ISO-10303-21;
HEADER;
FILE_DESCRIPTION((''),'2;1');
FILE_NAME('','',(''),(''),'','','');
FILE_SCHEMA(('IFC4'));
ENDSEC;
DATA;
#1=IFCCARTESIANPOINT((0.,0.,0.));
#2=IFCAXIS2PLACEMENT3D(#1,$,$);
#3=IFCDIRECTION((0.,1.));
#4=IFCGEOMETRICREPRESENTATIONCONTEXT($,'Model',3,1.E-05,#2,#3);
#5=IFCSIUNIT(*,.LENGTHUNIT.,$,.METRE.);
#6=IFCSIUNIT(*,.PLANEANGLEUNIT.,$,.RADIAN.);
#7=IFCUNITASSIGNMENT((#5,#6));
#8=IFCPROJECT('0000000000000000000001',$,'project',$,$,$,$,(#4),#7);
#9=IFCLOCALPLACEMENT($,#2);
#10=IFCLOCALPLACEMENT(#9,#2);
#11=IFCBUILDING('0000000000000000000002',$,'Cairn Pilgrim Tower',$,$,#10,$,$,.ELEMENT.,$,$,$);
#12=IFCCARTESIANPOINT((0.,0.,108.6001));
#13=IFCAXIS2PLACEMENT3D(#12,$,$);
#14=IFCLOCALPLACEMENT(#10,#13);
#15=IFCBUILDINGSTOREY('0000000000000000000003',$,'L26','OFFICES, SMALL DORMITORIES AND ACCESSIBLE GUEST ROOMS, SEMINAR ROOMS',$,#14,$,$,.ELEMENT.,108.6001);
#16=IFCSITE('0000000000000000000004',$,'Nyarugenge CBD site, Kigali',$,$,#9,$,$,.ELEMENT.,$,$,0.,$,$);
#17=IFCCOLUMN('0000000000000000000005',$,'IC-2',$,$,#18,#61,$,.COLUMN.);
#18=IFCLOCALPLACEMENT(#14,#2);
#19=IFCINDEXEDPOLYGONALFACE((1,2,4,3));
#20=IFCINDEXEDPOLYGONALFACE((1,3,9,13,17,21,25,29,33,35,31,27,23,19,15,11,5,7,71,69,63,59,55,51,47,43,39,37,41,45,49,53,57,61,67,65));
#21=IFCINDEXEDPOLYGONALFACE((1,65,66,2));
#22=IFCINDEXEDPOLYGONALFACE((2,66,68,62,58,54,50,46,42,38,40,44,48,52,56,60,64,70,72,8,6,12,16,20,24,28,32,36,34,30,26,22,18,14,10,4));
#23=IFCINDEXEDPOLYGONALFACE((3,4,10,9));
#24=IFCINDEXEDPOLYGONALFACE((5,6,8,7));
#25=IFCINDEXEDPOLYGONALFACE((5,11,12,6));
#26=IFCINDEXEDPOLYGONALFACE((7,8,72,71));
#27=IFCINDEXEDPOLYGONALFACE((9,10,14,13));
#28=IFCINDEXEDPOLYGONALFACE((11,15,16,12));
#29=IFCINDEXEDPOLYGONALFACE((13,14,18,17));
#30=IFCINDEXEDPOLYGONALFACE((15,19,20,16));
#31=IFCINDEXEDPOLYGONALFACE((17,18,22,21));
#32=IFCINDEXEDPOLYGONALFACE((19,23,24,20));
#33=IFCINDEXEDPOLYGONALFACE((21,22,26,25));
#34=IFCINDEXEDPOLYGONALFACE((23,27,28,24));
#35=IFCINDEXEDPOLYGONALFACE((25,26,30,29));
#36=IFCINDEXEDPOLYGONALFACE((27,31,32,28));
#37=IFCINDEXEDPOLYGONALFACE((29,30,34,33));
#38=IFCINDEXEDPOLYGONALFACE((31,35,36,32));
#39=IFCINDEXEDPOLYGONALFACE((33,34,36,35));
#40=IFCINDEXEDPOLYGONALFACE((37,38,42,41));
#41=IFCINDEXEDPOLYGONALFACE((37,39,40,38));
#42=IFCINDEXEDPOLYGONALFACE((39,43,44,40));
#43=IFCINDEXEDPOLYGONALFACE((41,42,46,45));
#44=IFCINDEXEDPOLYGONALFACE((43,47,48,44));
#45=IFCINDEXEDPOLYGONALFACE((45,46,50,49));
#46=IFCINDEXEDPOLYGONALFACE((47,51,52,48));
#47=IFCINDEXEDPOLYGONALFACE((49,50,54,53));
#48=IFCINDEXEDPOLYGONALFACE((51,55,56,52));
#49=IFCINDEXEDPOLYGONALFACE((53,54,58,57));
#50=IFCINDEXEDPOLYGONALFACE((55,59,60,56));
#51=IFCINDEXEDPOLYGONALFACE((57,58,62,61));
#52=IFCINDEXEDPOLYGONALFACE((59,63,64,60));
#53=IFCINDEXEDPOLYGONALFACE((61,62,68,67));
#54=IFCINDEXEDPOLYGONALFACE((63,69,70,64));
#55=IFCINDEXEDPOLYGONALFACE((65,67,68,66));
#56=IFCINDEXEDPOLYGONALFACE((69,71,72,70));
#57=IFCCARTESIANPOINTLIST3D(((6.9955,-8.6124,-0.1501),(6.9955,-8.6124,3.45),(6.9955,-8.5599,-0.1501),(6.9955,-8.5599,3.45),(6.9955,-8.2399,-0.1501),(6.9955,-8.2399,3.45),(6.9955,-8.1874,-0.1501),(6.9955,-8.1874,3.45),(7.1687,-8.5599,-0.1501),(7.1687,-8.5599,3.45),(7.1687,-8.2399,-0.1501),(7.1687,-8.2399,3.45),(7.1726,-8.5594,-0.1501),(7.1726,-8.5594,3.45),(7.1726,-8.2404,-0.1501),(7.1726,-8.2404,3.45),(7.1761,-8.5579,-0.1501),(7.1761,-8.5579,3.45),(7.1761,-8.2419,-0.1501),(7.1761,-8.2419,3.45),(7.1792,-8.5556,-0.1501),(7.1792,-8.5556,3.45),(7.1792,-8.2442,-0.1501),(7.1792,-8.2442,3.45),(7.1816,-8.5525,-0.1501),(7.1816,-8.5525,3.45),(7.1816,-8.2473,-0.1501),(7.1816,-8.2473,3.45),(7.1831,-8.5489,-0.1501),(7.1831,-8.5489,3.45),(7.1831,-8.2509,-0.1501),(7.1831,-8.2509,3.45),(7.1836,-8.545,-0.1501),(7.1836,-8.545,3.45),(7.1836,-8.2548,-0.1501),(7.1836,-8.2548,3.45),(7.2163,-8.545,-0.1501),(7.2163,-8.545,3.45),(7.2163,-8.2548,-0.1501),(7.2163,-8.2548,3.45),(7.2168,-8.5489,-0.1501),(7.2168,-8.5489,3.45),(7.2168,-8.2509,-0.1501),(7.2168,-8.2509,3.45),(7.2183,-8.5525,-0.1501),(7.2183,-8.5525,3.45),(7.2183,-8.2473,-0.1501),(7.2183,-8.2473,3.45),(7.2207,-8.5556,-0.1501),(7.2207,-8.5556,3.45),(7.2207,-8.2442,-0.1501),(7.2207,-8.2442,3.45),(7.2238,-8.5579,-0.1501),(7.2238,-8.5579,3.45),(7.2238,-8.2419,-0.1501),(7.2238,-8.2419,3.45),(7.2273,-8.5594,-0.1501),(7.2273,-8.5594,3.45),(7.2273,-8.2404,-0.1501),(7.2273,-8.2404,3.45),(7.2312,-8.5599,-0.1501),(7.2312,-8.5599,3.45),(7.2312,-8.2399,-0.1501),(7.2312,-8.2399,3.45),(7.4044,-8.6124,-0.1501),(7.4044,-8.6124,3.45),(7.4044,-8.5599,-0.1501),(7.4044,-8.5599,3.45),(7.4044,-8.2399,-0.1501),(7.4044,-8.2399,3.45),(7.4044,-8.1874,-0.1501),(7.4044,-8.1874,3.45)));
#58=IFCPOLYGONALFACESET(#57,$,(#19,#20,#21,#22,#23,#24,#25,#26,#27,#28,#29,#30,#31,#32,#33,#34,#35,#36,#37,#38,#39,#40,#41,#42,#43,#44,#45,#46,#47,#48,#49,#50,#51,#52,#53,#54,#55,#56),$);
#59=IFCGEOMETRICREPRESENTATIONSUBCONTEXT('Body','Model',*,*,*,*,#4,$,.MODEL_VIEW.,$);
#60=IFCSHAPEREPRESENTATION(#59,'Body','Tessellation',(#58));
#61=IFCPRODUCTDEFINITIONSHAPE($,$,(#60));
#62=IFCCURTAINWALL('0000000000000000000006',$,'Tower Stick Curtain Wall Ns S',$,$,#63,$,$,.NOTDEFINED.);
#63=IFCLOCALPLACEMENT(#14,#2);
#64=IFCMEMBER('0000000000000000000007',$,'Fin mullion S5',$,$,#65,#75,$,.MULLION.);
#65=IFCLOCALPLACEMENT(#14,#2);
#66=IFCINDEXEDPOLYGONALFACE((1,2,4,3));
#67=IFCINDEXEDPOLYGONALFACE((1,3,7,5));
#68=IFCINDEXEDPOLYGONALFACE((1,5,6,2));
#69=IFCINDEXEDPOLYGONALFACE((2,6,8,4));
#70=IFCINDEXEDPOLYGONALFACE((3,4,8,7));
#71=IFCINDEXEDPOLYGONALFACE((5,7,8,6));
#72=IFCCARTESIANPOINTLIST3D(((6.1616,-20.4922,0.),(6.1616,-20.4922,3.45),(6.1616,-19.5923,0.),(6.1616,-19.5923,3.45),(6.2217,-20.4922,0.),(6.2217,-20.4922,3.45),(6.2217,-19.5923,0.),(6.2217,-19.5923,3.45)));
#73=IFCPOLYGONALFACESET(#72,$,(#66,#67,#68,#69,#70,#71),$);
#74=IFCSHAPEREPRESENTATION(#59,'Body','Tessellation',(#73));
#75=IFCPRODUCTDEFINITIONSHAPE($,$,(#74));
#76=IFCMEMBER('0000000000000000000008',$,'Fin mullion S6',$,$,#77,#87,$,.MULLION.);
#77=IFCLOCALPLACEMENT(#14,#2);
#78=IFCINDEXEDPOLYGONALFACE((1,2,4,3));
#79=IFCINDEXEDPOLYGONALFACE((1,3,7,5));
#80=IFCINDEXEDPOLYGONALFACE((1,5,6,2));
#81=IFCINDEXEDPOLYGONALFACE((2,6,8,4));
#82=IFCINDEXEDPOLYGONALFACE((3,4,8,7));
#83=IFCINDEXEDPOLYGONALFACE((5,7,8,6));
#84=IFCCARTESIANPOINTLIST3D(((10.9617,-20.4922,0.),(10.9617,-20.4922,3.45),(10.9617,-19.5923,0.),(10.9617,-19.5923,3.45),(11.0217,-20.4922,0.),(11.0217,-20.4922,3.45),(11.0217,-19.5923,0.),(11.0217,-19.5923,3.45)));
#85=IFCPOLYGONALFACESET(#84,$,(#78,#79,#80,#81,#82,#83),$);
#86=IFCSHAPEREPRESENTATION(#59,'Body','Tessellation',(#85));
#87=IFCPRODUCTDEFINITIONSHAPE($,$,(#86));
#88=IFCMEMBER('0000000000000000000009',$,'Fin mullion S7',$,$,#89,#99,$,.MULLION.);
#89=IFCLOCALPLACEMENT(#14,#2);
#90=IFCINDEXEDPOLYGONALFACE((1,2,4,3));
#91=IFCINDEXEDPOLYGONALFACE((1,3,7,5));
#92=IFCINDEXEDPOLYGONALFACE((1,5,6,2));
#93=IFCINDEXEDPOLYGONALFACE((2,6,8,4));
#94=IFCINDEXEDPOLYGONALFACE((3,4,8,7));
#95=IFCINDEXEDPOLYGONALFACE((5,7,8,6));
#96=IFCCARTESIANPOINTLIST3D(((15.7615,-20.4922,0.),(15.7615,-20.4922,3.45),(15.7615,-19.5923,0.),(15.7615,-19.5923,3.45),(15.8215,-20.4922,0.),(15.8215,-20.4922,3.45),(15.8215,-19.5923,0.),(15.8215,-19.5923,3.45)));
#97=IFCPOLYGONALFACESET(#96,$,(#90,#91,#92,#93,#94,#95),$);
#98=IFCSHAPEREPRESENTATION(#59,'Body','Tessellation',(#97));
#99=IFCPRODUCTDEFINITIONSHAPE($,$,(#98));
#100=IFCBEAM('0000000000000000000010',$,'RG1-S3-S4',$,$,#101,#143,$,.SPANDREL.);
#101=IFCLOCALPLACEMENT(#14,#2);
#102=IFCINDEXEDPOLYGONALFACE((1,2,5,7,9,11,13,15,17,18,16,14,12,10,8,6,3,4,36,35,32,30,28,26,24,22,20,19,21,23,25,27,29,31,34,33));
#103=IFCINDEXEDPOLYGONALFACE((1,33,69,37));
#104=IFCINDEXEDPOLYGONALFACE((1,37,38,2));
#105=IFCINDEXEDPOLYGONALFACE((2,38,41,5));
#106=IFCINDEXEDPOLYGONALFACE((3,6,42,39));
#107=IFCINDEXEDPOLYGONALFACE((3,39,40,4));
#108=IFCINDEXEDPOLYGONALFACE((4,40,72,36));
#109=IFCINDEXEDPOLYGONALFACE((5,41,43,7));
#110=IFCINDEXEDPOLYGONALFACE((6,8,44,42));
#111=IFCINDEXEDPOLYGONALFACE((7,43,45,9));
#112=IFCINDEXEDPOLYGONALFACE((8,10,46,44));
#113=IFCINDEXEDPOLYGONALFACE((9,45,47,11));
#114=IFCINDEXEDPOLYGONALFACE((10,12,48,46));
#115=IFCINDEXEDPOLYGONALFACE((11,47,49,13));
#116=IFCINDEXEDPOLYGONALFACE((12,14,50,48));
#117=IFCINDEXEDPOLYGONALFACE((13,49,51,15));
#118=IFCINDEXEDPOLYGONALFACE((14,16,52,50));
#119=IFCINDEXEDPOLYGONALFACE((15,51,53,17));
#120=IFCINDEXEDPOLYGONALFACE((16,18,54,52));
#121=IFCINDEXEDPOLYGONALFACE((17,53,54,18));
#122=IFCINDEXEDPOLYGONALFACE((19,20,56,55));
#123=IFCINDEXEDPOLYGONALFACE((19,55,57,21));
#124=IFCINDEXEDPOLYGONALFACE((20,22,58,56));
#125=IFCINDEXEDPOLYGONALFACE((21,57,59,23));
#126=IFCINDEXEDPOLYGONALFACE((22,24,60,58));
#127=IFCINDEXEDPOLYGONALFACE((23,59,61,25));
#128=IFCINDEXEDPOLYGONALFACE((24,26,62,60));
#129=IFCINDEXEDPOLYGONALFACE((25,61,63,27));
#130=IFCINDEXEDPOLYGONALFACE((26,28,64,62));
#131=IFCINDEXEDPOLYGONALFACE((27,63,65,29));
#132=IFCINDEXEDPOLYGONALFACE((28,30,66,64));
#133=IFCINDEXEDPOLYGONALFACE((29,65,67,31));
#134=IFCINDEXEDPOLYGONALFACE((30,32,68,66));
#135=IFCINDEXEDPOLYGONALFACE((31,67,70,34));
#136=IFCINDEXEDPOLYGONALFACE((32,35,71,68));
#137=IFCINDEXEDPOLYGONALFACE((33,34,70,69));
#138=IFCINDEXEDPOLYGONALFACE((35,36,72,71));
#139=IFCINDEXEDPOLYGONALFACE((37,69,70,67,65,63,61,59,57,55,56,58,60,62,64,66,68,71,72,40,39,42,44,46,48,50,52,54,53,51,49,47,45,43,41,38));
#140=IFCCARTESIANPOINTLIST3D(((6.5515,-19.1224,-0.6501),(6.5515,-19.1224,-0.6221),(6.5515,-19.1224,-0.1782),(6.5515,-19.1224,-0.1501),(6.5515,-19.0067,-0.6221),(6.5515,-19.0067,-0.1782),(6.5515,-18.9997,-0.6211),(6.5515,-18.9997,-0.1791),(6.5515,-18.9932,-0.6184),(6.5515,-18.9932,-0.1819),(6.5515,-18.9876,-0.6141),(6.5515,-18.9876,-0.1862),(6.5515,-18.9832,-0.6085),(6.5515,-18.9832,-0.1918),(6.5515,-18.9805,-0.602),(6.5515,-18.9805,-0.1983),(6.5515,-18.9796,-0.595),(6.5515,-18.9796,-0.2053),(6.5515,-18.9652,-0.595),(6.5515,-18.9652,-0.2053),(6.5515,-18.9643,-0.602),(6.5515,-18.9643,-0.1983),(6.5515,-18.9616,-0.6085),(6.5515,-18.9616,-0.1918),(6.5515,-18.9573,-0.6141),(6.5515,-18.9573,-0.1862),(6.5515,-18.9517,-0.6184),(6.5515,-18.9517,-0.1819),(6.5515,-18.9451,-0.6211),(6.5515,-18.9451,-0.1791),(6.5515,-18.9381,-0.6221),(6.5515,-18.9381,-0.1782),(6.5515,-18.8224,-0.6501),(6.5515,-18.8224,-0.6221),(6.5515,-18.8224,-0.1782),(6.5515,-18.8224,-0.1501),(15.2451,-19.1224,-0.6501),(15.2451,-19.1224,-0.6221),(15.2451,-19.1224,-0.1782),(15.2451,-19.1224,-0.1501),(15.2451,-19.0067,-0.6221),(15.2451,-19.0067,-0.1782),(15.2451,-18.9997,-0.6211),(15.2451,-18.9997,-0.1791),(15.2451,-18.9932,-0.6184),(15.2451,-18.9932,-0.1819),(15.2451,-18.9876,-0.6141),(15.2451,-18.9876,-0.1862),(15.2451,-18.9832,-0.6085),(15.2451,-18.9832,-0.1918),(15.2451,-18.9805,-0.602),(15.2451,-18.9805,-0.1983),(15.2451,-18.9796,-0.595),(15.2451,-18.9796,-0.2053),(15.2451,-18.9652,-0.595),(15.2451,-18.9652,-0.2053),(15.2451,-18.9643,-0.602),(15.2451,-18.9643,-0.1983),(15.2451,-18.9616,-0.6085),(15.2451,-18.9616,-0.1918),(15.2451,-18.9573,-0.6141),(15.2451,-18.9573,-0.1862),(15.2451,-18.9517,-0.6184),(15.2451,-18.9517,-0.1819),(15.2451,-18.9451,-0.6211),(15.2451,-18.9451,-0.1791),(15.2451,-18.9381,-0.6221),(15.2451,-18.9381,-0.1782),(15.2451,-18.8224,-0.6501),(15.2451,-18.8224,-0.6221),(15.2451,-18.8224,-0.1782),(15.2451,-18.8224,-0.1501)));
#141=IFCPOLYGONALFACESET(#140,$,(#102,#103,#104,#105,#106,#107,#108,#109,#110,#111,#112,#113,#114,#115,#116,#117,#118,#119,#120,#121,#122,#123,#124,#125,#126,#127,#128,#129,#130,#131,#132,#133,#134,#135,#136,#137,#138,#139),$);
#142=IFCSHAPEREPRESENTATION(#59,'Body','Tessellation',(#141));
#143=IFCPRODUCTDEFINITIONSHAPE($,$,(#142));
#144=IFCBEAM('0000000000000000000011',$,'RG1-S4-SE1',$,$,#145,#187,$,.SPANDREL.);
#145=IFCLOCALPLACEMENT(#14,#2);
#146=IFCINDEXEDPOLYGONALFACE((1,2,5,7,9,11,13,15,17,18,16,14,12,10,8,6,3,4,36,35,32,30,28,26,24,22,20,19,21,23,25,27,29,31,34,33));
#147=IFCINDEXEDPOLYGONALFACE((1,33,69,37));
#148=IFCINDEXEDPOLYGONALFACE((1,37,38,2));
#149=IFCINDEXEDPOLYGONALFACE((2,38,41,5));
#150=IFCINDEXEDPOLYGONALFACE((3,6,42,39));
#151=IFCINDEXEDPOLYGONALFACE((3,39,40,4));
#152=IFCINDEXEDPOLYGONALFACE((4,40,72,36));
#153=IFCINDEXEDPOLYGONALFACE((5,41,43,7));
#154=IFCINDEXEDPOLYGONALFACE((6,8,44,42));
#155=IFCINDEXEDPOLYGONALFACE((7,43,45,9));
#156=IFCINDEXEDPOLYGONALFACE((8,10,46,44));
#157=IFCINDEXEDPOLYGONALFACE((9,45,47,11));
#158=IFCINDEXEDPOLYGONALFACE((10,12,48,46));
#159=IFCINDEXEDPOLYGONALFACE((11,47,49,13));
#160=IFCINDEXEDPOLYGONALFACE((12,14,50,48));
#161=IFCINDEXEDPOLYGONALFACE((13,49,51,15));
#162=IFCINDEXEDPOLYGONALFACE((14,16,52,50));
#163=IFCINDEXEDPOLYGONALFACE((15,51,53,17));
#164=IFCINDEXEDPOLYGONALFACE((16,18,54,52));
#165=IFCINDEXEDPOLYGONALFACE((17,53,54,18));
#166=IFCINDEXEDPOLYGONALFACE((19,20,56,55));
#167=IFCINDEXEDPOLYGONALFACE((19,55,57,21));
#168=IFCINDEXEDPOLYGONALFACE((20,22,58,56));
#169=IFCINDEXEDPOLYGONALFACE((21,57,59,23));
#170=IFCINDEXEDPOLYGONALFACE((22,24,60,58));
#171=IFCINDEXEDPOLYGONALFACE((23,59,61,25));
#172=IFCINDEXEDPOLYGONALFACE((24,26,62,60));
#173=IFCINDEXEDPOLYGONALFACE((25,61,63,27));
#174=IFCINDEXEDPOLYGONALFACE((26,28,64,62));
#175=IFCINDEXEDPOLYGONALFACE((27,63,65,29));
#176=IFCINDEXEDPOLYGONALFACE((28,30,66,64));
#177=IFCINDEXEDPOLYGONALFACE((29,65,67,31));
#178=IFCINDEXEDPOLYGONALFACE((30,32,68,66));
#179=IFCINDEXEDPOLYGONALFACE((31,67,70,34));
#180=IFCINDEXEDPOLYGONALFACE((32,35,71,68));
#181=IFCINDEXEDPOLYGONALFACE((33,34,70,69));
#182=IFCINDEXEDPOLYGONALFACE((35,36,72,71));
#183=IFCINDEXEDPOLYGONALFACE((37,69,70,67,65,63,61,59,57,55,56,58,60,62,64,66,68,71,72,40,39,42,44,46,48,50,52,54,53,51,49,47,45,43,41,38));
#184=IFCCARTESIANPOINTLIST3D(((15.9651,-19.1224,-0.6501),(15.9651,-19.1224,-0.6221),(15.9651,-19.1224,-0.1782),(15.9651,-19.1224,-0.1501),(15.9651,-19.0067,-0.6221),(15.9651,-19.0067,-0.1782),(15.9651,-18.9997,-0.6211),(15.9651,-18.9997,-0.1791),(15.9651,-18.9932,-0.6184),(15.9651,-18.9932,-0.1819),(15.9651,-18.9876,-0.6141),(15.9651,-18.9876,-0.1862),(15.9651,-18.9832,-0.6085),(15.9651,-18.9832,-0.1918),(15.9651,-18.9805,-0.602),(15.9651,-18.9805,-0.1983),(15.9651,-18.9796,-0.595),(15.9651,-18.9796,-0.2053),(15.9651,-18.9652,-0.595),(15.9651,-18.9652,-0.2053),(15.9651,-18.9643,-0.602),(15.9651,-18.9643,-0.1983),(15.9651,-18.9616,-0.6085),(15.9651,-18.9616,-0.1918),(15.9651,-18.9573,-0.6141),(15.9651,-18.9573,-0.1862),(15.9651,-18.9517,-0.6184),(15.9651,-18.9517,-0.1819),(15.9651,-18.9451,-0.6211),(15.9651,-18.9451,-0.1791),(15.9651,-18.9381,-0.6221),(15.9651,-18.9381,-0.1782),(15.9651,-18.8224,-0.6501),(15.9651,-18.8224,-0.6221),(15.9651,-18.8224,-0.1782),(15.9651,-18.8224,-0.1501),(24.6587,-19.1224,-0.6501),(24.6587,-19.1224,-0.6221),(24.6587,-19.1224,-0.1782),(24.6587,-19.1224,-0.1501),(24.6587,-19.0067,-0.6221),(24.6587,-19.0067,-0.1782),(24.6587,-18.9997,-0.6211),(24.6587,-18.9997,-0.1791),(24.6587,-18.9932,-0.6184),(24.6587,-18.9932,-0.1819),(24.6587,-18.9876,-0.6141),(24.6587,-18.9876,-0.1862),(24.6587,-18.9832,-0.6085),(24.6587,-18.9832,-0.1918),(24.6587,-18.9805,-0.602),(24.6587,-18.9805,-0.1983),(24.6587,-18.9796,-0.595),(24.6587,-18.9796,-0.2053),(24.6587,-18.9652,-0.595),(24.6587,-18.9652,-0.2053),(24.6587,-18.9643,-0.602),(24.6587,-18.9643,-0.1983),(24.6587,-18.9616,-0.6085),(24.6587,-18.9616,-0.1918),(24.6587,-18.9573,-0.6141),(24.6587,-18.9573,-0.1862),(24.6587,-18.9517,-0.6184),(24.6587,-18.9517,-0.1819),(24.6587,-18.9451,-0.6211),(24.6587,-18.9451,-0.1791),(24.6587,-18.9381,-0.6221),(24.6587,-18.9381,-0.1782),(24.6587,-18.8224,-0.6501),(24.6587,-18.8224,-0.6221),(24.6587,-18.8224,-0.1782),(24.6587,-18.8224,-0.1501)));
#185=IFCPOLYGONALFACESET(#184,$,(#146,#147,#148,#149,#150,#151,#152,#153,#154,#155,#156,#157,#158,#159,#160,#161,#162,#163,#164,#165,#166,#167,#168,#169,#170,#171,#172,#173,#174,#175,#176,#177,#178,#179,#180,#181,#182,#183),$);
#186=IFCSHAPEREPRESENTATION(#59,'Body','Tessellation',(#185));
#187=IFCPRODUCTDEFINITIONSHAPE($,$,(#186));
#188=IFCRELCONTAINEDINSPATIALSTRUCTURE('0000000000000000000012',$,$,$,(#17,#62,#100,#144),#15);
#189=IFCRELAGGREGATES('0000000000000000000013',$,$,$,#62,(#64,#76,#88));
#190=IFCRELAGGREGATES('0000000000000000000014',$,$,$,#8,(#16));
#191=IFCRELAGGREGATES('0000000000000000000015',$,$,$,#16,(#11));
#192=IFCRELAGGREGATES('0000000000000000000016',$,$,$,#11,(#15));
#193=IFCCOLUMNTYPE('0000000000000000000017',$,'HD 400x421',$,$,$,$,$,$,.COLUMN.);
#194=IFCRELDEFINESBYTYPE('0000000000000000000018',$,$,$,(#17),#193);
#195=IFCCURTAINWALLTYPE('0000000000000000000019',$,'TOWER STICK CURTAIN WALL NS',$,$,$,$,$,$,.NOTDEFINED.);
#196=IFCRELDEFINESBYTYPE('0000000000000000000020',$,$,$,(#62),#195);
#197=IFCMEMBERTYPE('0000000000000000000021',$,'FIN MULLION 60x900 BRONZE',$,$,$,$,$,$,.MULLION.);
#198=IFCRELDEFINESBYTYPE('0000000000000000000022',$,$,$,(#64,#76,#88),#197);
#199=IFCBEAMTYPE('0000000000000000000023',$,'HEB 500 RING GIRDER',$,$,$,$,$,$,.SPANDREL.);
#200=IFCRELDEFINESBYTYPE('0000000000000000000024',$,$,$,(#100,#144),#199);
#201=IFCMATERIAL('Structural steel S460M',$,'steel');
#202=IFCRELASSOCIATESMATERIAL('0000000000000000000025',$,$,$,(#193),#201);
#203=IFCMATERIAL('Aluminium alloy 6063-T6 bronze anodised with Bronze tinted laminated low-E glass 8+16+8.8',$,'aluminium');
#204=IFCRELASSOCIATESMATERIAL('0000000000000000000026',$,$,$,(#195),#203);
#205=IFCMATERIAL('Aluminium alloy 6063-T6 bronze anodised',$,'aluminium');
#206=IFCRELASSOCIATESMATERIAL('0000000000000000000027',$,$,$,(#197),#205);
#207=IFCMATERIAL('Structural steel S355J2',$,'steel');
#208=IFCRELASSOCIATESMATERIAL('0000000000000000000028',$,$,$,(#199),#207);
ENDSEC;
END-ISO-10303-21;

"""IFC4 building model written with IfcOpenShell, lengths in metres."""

from ifc_helpers import new_model, si_unit, direction, frame, origin, origin_2d, place, context, subcontext, project, spatial, rectangle, i_section, extrude, material, material_profile, profile_set, type_object, element, aggregate, save


model = new_model("IFC4")

# Units and contexts
model_context = context("Model", 3, precision=1e-05, world=origin(), true_north=direction((0.0, 1.0)))
body_context = subcontext(model_context, "Body", "Model", "MODEL_VIEW")
ifc_project = project(units=[si_unit("LENGTHUNIT", "METRE"), si_unit("PLANEANGLEUNIT", "RADIAN")], contexts=[model_context])

# Site, building, storey
site_placement = place(None, origin())
site = spatial("IfcSite", under=ifc_project, at=site_placement, Name="Nyarugenge CBD site, Kigali", CompositionType="ELEMENT", RefElevation=0.0)
building_placement = place(site_placement, origin())
building = spatial("IfcBuilding", under=site, at=building_placement, Name="Cairn Pilgrim Tower", CompositionType="ELEMENT")
storey_placement = place(building_placement, frame((0.0, 0.0, 108.6001)))
storey = spatial("IfcBuildingStorey", under=building, at=storey_placement, Name="L26", Description="OFFICES, SMALL DORMITORIES AND ACCESSIBLE GUEST ROOMS, SEMINAR ROOMS", CompositionType="ELEMENT", Elevation=108.6001)

# Column
ifc_material_1 = material(Name="Structural steel S460M", Category="steel")
ifc_material_profile_1 = material_profile(ifc_material_1, i_section(OverallWidth=0.4089, OverallDepth=0.425, WebThickness=0.0327, FlangeThickness=0.0525, FilletRadius=0.0149, at=origin_2d()), Name="HD 400x421")
ifc_profile_set_1 = profile_set([ifc_material_profile_1], Name="Structural steel S460M")
column_type_1 = type_object("IfcColumnType", Name="HD 400x421", PredefinedType="COLUMN", material=ifc_profile_set_1)
column_placement = place(storey_placement, frame((7.2, -8.3999, -0.1501), z_axis=(0.0, 0.0, 1.0), x_axis=(1.0, 0.0, 0.0)))
element("IfcColumn", 1, at=column_placement, inside=storey, type_object=column_type_1, Name="IC-2", PredefinedType="COLUMN", context=body_context, shape_type="SweptSolid", body=[
    extrude(i_section(OverallWidth=0.4089, OverallDepth=0.425, WebThickness=0.0327, FlangeThickness=0.0525, FilletRadius=0.0149, at=origin_2d()), origin(), (0.0, 0.0, 1.0), 3.6001),
])

# Curtain wall, members
ifc_material_2 = material(Name="Aluminium alloy 6063-T6 bronze anodised with Bronze tinted laminated low-E glass 8+16+8.8", Category="aluminium")
curtain_wall_type = type_object("IfcCurtainWallType", Name="TOWER STICK CURTAIN WALL NS", PredefinedType="NOTDEFINED", material=ifc_material_2)
curtain_wall_placement = place(storey_placement, origin())
curtain_wall = element("IfcCurtainWall", 2, at=curtain_wall_placement, inside=storey, type_object=curtain_wall_type, Name="Tower Stick Curtain Wall Ns S", PredefinedType="NOTDEFINED")
ifc_material_3 = material(Name="Aluminium alloy 6063-T6 bronze anodised", Category="aluminium")
ifc_material_profile_2 = material_profile(ifc_material_3, rectangle(XDim=0.8999, YDim=0.0601, at=origin_2d()), Name="FIN MULLION 60x900 BRONZE")
ifc_profile_set_2 = profile_set([ifc_material_profile_2], Name="Aluminium alloy 6063-T6 bronze anodised")
member_type_1 = type_object("IfcMemberType", Name="FIN MULLION 60x900 BRONZE", PredefinedType="MULLION", material=ifc_profile_set_2)
member_1_placement = place(storey_placement, frame((6.1917, -20.0422, 0.0), z_axis=(0.0, 0.0, 1.0), x_axis=(0.0, -1.0, 0.0)))
member_1 = element("IfcMember", 3, at=member_1_placement, type_object=member_type_1, Name="Fin mullion S5", PredefinedType="MULLION", context=body_context, shape_type="SweptSolid", body=[
    extrude(rectangle(XDim=0.8999, YDim=0.0601, at=origin_2d()), origin(), (0.0, 0.0, 1.0), 3.45),
])
member_2_placement = place(storey_placement, frame((10.9917, -20.0422, 0.0), z_axis=(0.0, 0.0, 1.0), x_axis=(0.0, -1.0, 0.0)))
member_2 = element("IfcMember", 4, at=member_2_placement, type_object=member_type_1, Name="Fin mullion S6", PredefinedType="MULLION", context=body_context, shape_type="SweptSolid", body=[
    extrude(rectangle(XDim=0.8999, YDim=0.0601, at=origin_2d()), origin(), (0.0, 0.0, 1.0), 3.45),
])
member_3_placement = place(storey_placement, frame((15.7915, -20.0422, 0.0), z_axis=(0.0, 0.0, 1.0), x_axis=(0.0, -1.0, 0.0)))
member_3 = element("IfcMember", 5, at=member_3_placement, type_object=member_type_1, Name="Fin mullion S7", PredefinedType="MULLION", context=body_context, shape_type="SweptSolid", body=[
    extrude(rectangle(XDim=0.8999, YDim=0.0601, at=origin_2d()), origin(), (0.0, 0.0, 1.0), 3.45),
])

# Beams
ifc_material_4 = material(Name="Structural steel S355J2", Category="steel")
ifc_material_profile_3 = material_profile(ifc_material_4, i_section(OverallWidth=0.3, OverallDepth=0.5, WebThickness=0.0144, FlangeThickness=0.0281, FilletRadius=0.0271, at=origin_2d()), Name="HEB 500")
ifc_profile_set_3 = profile_set([ifc_material_profile_3], Name="Structural steel S355J2")
beam_type_1 = type_object("IfcBeamType", Name="HEB 500 RING GIRDER", PredefinedType="SPANDREL", material=ifc_profile_set_3)
for number, where, z_axis, x_axis, name in (
    (6, (6.5515, -18.9724, -0.4001), (1.0, 0.0, 0.0), (0.0, 1.0, 0.0), "RG1-S3-S4"),
    (7, (15.9651, -18.9724, -0.4001), (1.0, 0.0, 0.0), (0.0, 1.0, 0.0), "RG1-S4-SE1"),
):
    element("IfcBeam", number, at=place(storey_placement, frame(where, z_axis=z_axis, x_axis=x_axis)), inside=storey, type_object=beam_type_1, Name=name, PredefinedType="SPANDREL", context=body_context, shape_type="SweptSolid", body=[
        extrude(i_section(OverallWidth=0.3, OverallDepth=0.5, WebThickness=0.0144, FlangeThickness=0.0281, FilletRadius=0.0271, at=origin_2d()), origin(), (0.0, 0.0, 1.0), 8.6936),
    ])

aggregate(curtain_wall, [member_1, member_2, member_3])

save(model, "model.ifc")
